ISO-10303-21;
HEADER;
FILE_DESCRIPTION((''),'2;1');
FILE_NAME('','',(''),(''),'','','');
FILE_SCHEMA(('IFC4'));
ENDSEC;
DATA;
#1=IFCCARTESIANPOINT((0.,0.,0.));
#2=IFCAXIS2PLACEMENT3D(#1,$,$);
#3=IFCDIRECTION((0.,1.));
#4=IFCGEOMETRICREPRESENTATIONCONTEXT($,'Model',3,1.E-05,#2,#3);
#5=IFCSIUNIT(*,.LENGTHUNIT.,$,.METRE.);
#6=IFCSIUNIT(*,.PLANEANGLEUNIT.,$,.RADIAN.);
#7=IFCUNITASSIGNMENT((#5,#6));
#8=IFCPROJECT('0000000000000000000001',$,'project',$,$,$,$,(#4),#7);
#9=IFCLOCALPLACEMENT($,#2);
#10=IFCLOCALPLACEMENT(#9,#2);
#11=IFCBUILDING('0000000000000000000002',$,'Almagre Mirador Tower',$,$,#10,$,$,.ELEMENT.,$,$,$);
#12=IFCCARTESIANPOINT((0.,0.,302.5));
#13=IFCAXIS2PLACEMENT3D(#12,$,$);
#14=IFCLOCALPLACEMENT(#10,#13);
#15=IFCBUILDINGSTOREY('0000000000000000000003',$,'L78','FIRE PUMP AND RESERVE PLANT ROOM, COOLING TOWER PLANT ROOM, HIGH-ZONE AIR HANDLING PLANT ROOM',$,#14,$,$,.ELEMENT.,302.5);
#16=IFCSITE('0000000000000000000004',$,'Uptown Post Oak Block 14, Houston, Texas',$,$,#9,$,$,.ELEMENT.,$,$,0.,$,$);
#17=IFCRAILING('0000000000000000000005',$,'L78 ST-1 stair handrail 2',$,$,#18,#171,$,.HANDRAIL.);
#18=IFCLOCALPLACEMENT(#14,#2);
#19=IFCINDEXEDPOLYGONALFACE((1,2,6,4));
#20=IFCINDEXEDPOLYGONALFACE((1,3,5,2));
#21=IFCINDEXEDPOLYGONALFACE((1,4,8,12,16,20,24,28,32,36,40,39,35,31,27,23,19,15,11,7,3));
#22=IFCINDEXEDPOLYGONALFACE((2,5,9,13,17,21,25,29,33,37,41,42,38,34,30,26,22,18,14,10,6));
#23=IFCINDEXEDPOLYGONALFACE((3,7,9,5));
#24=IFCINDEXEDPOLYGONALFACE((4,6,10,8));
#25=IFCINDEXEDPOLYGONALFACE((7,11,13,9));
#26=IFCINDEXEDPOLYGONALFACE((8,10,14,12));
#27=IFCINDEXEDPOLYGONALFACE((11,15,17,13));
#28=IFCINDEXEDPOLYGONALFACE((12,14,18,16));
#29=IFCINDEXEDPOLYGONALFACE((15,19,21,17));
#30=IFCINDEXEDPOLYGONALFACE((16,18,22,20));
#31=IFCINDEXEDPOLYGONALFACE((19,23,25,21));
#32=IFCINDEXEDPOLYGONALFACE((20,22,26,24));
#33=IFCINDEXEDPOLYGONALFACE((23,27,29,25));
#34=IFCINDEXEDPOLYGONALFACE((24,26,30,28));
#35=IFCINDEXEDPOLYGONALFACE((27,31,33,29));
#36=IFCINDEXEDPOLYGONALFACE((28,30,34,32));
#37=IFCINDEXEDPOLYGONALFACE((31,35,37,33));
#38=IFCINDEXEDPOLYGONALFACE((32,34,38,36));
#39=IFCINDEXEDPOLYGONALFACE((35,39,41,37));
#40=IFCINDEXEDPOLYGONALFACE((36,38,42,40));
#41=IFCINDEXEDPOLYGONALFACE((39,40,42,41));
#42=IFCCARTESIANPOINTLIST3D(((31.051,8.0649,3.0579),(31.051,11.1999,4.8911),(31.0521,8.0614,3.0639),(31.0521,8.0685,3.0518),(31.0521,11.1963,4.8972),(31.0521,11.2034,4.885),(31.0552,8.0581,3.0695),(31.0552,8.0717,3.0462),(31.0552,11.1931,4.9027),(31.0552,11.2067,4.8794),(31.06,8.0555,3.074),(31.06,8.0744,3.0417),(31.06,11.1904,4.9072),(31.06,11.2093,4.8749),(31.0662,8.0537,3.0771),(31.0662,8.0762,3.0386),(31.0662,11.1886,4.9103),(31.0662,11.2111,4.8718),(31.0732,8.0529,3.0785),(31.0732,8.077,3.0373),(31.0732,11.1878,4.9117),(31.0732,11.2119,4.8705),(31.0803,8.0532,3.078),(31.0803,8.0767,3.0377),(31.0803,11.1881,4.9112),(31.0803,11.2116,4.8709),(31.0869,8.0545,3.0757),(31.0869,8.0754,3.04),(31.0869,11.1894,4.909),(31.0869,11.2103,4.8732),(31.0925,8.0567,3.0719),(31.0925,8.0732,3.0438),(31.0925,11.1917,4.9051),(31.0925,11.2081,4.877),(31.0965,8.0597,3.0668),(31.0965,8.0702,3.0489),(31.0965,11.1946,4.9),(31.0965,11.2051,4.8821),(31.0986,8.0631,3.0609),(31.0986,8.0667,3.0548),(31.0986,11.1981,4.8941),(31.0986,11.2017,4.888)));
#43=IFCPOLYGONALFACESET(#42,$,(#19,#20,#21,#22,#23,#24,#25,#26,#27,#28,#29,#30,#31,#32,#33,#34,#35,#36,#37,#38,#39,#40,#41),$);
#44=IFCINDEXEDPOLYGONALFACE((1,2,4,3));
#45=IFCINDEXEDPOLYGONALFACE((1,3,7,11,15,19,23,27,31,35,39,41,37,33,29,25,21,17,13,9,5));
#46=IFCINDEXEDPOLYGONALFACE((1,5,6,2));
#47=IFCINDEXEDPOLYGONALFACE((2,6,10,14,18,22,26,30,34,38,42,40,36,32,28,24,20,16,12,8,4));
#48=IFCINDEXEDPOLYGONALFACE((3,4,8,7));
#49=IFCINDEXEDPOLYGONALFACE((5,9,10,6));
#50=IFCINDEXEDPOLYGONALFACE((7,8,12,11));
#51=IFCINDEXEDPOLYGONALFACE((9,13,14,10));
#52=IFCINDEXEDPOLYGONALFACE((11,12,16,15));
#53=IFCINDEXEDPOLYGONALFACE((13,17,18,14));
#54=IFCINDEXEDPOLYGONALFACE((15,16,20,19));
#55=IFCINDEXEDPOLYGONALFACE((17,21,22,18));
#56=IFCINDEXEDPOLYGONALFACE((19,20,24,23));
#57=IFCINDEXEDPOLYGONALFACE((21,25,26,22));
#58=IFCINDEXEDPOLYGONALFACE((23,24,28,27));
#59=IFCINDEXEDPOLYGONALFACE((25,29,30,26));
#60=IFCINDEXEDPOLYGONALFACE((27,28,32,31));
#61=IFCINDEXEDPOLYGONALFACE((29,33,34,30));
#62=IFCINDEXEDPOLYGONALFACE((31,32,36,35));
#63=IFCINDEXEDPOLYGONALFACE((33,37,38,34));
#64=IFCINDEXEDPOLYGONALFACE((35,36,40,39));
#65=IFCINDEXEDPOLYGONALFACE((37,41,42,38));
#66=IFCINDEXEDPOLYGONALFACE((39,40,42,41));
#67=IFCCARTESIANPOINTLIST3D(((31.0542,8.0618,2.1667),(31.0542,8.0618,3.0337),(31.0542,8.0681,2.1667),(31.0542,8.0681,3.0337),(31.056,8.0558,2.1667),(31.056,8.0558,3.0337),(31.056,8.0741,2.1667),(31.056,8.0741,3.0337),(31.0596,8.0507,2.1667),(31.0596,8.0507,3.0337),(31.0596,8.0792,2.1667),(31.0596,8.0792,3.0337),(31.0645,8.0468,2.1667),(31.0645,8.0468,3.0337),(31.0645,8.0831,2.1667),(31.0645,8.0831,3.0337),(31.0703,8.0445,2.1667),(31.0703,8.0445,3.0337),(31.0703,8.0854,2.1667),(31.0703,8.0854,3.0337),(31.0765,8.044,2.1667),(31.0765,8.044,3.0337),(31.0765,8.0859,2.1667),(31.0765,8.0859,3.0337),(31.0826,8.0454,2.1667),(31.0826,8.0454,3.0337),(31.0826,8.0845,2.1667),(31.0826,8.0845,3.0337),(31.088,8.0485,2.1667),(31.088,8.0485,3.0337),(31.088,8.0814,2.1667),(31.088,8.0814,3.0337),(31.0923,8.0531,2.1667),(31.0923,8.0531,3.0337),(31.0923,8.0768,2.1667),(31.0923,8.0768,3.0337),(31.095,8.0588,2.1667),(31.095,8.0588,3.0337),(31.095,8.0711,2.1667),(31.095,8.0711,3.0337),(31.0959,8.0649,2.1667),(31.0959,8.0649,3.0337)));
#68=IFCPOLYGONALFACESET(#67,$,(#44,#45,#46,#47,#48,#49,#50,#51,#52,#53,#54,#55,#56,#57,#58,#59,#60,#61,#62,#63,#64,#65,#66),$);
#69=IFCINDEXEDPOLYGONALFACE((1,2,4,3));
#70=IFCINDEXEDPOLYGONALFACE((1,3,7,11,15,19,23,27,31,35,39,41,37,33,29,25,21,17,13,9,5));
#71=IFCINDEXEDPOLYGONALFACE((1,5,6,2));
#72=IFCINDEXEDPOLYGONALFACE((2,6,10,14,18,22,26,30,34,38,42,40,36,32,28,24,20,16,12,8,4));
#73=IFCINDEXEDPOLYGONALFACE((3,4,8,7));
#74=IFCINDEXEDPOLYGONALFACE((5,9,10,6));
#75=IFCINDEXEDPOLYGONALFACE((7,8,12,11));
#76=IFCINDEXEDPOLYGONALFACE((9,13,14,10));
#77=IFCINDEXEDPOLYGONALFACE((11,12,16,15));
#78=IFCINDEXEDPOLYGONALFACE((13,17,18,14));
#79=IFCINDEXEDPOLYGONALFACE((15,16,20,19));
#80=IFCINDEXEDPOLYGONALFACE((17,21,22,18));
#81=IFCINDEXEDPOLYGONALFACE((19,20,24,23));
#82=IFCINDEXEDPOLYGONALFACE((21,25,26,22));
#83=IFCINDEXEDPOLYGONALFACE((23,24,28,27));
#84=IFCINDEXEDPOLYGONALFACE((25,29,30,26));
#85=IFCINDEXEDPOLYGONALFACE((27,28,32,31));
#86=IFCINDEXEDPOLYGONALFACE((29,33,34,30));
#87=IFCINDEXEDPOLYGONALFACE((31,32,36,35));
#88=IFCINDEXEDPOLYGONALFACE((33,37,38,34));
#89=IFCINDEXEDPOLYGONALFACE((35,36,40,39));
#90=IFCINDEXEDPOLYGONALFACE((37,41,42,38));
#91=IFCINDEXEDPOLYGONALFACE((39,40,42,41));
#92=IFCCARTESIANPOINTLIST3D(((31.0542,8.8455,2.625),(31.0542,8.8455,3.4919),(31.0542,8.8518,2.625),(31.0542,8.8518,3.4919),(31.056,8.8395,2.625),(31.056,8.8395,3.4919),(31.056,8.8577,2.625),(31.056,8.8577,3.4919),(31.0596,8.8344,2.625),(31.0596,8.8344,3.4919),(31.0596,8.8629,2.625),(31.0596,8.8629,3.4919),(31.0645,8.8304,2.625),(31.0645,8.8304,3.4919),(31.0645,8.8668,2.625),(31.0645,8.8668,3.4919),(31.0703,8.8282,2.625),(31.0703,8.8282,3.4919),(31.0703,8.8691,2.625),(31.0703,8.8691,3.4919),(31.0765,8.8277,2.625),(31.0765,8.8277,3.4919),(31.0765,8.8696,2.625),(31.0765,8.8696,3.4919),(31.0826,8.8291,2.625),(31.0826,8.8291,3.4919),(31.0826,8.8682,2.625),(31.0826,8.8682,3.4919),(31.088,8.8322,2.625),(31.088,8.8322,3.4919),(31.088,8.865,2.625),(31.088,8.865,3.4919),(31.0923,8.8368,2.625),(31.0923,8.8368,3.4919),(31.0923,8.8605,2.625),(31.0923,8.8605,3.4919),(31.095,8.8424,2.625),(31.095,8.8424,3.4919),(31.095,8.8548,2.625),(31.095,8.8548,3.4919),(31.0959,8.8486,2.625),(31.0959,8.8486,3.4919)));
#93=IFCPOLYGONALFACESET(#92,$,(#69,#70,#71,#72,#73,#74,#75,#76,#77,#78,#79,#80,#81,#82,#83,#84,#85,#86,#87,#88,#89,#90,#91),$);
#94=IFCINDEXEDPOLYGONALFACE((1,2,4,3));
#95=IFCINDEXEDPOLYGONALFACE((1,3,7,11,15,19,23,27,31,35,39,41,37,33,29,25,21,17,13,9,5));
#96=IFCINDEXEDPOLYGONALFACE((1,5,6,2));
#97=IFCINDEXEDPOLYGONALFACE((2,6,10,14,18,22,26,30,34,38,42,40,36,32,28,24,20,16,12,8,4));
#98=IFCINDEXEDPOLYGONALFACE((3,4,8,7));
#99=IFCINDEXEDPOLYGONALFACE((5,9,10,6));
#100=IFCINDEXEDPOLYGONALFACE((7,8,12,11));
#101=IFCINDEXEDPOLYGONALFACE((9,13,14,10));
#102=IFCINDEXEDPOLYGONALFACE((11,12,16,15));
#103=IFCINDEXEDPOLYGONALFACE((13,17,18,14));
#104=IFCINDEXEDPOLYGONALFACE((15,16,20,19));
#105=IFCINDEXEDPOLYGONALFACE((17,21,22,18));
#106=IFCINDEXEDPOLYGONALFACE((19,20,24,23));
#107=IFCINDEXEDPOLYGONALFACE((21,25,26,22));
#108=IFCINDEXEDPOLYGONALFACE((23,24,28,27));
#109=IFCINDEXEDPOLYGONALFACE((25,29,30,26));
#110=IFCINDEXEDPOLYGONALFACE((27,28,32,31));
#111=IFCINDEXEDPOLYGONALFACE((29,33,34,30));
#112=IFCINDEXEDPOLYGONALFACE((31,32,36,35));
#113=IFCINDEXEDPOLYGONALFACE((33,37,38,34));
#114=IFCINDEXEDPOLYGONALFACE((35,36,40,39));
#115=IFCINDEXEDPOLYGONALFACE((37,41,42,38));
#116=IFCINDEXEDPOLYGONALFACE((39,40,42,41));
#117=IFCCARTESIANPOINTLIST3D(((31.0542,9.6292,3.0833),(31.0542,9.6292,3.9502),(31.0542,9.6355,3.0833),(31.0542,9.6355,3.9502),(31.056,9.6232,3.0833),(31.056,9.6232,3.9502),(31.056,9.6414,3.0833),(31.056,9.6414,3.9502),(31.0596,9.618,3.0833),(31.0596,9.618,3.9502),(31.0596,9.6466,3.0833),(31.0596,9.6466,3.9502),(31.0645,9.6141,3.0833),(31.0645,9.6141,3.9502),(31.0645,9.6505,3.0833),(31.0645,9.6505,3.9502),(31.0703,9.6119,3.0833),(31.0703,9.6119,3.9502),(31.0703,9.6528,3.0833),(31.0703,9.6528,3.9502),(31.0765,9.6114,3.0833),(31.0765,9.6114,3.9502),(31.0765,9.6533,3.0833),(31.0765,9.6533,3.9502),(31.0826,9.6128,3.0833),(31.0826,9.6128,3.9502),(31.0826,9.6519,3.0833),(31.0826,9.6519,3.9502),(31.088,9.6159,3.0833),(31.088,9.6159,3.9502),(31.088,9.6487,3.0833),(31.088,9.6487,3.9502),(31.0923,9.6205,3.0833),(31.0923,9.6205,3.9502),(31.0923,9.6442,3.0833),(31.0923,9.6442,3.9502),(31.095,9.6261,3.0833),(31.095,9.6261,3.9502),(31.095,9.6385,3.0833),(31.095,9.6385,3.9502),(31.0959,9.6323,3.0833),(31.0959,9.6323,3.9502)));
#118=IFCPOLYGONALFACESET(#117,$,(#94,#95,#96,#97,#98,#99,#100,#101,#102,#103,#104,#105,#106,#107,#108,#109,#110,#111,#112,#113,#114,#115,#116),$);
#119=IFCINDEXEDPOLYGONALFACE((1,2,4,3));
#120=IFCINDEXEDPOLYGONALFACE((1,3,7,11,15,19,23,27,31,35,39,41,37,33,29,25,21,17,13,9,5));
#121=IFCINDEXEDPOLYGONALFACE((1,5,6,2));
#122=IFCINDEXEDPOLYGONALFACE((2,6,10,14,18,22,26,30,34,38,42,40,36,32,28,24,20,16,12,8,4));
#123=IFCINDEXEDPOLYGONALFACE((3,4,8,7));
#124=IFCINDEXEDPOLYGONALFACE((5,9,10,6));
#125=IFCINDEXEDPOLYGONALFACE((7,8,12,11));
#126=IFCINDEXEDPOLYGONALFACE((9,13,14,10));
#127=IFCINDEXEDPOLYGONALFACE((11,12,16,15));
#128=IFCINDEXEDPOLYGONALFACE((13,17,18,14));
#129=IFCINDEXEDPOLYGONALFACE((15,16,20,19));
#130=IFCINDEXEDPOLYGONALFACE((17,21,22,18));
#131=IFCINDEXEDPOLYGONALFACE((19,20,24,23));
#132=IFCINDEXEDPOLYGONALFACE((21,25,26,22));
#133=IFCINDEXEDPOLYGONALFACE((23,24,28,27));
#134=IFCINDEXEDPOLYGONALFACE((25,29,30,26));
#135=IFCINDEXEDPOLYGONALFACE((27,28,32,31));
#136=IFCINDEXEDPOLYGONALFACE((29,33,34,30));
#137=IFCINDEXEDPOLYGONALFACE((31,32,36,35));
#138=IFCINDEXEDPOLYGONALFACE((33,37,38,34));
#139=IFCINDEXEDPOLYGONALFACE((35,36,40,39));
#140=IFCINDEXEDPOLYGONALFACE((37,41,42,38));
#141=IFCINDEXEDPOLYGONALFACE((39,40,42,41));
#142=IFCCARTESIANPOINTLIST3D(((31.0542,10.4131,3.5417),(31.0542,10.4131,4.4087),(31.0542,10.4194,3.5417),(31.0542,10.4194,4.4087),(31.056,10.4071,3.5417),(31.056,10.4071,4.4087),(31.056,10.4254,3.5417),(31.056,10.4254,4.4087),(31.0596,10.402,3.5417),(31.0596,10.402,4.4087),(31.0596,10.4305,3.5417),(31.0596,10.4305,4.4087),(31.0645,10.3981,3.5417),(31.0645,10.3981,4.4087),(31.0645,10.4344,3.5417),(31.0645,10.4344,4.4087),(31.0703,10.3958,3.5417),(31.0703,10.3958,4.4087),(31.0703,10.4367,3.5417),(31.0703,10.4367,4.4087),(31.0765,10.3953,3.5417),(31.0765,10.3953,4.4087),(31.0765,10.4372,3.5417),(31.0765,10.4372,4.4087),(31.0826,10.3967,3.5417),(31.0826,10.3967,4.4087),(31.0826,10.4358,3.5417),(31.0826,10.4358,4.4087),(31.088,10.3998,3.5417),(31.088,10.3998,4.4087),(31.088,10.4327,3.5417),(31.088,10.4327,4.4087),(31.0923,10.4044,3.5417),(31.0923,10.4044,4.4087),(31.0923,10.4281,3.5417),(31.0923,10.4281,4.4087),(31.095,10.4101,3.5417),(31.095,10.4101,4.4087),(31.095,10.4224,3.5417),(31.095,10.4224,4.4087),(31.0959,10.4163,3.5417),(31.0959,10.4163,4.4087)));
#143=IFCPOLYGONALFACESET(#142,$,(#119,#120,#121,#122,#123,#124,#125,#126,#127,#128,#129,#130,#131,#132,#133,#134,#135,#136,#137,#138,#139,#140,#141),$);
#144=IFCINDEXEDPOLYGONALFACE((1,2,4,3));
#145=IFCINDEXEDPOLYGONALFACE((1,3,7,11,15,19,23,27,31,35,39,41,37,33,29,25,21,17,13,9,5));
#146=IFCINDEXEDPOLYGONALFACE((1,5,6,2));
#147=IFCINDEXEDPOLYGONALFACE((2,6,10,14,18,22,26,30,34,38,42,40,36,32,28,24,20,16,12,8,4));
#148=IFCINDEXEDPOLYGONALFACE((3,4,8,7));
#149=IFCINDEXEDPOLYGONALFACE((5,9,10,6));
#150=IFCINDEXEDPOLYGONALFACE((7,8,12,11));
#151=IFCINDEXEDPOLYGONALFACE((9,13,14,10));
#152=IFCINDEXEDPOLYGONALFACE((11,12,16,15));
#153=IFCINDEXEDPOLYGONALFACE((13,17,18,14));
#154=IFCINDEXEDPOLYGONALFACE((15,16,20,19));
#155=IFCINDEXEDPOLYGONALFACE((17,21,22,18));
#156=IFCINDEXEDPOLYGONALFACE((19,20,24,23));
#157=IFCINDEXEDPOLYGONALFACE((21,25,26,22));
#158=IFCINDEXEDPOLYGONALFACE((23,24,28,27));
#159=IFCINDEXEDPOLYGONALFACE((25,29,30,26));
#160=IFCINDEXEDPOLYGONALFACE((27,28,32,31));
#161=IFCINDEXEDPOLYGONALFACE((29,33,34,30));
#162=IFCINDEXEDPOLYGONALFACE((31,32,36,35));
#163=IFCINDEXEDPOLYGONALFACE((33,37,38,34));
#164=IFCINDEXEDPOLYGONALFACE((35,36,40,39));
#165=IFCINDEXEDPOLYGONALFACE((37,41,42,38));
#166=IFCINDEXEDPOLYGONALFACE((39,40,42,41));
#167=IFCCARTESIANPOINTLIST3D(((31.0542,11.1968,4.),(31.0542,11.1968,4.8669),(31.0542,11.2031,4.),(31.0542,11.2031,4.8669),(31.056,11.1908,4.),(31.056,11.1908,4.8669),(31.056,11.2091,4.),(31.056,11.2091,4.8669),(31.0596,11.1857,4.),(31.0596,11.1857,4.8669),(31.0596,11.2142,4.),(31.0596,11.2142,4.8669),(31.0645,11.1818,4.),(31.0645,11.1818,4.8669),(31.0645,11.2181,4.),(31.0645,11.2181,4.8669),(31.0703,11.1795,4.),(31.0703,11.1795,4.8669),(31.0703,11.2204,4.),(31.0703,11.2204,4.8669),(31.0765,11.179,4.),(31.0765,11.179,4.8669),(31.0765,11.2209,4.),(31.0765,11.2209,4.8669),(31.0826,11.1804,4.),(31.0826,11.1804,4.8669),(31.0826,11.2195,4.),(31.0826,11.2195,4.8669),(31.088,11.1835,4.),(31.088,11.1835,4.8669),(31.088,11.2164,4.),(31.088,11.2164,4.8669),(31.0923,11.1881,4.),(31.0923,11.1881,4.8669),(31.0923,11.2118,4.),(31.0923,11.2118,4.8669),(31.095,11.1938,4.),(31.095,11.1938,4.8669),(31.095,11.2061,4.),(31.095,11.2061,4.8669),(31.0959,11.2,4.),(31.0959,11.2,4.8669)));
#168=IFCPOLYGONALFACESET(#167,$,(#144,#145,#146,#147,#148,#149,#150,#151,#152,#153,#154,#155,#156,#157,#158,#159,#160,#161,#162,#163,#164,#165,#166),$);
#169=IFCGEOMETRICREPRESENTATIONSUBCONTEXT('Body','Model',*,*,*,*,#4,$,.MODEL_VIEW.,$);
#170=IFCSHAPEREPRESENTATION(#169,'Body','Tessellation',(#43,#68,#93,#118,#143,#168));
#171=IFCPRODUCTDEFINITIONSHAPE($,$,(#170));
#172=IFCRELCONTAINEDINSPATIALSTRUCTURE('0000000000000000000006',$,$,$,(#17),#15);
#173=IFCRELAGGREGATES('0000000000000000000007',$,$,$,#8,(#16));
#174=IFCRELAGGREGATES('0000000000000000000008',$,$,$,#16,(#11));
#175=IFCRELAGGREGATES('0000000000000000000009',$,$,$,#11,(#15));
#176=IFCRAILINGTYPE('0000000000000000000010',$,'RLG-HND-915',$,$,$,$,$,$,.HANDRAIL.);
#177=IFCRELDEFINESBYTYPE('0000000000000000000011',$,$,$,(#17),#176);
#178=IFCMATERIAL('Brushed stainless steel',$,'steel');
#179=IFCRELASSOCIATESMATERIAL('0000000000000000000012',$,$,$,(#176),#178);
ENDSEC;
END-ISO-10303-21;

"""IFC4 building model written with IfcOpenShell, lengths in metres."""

from ifc_helpers import new_model, si_unit, direction, frame, origin, origin_2d, place, context, subcontext, project, spatial, circle, extrude, material, type_object, element, save


model = new_model("IFC4")

# Units and contexts
model_context = context("Model", 3, precision=1e-05, world=origin(), true_north=direction((0.0, 1.0)))
body_context = subcontext(model_context, "Body", "Model", "MODEL_VIEW")
ifc_project = project(units=[si_unit("LENGTHUNIT", "METRE"), si_unit("PLANEANGLEUNIT", "RADIAN")], contexts=[model_context])

# Site, building, storey
site_placement = place(None, origin())
site = spatial("IfcSite", under=ifc_project, at=site_placement, Name="Uptown Post Oak Block 14, Houston, Texas", CompositionType="ELEMENT", RefElevation=0.0)
building_placement = place(site_placement, origin())
building = spatial("IfcBuilding", under=site, at=building_placement, Name="Almagre Mirador Tower", CompositionType="ELEMENT")
storey_placement = place(building_placement, frame((0.0, 0.0, 302.5)))
storey = spatial("IfcBuildingStorey", under=building, at=storey_placement, Name="L78", Description="FIRE PUMP AND RESERVE PLANT ROOM, COOLING TOWER PLANT ROOM, HIGH-ZONE AIR HANDLING PLANT ROOM", CompositionType="ELEMENT", Elevation=302.5)

# Railing
ifc_material_1 = material(Name="Brushed stainless steel", Category="steel")
railing_type_1 = type_object("IfcRailingType", Name="RLG-HND-915", PredefinedType="HANDRAIL", material=ifc_material_1)
railing_1_placement = place(storey_placement, frame((31.075, 8.0649, 2.1667)))
element("IfcRailing", 1, at=railing_1_placement, inside=storey, type_object=railing_type_1, Name="L78 ST-1 stair handrail 2", PredefinedType="HANDRAIL", context=body_context, shape_type="SweptSolid", body=[
    extrude(circle(Radius=0.0239, at=origin_2d()), frame((0.0, 0.0, 0.8911), z_axis=(0.0, 0.86324, 0.504794), x_axis=(-1.0, 0.0, 0.0)), (0.0, 0.0, 1.0), 3.6316),
    extrude(circle(Radius=0.021, at=origin_2d()), origin(), (0.0, 0.0, 1.0), 0.8669),
    extrude(circle(Radius=0.021, at=origin_2d()), frame((0.0, 0.7837, 0.4583)), (0.0, 0.0, 1.0), 0.8669),
    extrude(circle(Radius=0.021, at=origin_2d()), frame((0.0, 1.5674, 0.9165)), (0.0, 0.0, 1.0), 0.8669),
    extrude(circle(Radius=0.021, at=origin_2d()), frame((0.0, 2.3513, 1.375)), (0.0, 0.0, 1.0), 0.8669),
    extrude(circle(Radius=0.021, at=origin_2d()), frame((0.0, 3.135, 1.8333)), (0.0, 0.0, 1.0), 0.8669),
])

save(model, "model.ifc")
